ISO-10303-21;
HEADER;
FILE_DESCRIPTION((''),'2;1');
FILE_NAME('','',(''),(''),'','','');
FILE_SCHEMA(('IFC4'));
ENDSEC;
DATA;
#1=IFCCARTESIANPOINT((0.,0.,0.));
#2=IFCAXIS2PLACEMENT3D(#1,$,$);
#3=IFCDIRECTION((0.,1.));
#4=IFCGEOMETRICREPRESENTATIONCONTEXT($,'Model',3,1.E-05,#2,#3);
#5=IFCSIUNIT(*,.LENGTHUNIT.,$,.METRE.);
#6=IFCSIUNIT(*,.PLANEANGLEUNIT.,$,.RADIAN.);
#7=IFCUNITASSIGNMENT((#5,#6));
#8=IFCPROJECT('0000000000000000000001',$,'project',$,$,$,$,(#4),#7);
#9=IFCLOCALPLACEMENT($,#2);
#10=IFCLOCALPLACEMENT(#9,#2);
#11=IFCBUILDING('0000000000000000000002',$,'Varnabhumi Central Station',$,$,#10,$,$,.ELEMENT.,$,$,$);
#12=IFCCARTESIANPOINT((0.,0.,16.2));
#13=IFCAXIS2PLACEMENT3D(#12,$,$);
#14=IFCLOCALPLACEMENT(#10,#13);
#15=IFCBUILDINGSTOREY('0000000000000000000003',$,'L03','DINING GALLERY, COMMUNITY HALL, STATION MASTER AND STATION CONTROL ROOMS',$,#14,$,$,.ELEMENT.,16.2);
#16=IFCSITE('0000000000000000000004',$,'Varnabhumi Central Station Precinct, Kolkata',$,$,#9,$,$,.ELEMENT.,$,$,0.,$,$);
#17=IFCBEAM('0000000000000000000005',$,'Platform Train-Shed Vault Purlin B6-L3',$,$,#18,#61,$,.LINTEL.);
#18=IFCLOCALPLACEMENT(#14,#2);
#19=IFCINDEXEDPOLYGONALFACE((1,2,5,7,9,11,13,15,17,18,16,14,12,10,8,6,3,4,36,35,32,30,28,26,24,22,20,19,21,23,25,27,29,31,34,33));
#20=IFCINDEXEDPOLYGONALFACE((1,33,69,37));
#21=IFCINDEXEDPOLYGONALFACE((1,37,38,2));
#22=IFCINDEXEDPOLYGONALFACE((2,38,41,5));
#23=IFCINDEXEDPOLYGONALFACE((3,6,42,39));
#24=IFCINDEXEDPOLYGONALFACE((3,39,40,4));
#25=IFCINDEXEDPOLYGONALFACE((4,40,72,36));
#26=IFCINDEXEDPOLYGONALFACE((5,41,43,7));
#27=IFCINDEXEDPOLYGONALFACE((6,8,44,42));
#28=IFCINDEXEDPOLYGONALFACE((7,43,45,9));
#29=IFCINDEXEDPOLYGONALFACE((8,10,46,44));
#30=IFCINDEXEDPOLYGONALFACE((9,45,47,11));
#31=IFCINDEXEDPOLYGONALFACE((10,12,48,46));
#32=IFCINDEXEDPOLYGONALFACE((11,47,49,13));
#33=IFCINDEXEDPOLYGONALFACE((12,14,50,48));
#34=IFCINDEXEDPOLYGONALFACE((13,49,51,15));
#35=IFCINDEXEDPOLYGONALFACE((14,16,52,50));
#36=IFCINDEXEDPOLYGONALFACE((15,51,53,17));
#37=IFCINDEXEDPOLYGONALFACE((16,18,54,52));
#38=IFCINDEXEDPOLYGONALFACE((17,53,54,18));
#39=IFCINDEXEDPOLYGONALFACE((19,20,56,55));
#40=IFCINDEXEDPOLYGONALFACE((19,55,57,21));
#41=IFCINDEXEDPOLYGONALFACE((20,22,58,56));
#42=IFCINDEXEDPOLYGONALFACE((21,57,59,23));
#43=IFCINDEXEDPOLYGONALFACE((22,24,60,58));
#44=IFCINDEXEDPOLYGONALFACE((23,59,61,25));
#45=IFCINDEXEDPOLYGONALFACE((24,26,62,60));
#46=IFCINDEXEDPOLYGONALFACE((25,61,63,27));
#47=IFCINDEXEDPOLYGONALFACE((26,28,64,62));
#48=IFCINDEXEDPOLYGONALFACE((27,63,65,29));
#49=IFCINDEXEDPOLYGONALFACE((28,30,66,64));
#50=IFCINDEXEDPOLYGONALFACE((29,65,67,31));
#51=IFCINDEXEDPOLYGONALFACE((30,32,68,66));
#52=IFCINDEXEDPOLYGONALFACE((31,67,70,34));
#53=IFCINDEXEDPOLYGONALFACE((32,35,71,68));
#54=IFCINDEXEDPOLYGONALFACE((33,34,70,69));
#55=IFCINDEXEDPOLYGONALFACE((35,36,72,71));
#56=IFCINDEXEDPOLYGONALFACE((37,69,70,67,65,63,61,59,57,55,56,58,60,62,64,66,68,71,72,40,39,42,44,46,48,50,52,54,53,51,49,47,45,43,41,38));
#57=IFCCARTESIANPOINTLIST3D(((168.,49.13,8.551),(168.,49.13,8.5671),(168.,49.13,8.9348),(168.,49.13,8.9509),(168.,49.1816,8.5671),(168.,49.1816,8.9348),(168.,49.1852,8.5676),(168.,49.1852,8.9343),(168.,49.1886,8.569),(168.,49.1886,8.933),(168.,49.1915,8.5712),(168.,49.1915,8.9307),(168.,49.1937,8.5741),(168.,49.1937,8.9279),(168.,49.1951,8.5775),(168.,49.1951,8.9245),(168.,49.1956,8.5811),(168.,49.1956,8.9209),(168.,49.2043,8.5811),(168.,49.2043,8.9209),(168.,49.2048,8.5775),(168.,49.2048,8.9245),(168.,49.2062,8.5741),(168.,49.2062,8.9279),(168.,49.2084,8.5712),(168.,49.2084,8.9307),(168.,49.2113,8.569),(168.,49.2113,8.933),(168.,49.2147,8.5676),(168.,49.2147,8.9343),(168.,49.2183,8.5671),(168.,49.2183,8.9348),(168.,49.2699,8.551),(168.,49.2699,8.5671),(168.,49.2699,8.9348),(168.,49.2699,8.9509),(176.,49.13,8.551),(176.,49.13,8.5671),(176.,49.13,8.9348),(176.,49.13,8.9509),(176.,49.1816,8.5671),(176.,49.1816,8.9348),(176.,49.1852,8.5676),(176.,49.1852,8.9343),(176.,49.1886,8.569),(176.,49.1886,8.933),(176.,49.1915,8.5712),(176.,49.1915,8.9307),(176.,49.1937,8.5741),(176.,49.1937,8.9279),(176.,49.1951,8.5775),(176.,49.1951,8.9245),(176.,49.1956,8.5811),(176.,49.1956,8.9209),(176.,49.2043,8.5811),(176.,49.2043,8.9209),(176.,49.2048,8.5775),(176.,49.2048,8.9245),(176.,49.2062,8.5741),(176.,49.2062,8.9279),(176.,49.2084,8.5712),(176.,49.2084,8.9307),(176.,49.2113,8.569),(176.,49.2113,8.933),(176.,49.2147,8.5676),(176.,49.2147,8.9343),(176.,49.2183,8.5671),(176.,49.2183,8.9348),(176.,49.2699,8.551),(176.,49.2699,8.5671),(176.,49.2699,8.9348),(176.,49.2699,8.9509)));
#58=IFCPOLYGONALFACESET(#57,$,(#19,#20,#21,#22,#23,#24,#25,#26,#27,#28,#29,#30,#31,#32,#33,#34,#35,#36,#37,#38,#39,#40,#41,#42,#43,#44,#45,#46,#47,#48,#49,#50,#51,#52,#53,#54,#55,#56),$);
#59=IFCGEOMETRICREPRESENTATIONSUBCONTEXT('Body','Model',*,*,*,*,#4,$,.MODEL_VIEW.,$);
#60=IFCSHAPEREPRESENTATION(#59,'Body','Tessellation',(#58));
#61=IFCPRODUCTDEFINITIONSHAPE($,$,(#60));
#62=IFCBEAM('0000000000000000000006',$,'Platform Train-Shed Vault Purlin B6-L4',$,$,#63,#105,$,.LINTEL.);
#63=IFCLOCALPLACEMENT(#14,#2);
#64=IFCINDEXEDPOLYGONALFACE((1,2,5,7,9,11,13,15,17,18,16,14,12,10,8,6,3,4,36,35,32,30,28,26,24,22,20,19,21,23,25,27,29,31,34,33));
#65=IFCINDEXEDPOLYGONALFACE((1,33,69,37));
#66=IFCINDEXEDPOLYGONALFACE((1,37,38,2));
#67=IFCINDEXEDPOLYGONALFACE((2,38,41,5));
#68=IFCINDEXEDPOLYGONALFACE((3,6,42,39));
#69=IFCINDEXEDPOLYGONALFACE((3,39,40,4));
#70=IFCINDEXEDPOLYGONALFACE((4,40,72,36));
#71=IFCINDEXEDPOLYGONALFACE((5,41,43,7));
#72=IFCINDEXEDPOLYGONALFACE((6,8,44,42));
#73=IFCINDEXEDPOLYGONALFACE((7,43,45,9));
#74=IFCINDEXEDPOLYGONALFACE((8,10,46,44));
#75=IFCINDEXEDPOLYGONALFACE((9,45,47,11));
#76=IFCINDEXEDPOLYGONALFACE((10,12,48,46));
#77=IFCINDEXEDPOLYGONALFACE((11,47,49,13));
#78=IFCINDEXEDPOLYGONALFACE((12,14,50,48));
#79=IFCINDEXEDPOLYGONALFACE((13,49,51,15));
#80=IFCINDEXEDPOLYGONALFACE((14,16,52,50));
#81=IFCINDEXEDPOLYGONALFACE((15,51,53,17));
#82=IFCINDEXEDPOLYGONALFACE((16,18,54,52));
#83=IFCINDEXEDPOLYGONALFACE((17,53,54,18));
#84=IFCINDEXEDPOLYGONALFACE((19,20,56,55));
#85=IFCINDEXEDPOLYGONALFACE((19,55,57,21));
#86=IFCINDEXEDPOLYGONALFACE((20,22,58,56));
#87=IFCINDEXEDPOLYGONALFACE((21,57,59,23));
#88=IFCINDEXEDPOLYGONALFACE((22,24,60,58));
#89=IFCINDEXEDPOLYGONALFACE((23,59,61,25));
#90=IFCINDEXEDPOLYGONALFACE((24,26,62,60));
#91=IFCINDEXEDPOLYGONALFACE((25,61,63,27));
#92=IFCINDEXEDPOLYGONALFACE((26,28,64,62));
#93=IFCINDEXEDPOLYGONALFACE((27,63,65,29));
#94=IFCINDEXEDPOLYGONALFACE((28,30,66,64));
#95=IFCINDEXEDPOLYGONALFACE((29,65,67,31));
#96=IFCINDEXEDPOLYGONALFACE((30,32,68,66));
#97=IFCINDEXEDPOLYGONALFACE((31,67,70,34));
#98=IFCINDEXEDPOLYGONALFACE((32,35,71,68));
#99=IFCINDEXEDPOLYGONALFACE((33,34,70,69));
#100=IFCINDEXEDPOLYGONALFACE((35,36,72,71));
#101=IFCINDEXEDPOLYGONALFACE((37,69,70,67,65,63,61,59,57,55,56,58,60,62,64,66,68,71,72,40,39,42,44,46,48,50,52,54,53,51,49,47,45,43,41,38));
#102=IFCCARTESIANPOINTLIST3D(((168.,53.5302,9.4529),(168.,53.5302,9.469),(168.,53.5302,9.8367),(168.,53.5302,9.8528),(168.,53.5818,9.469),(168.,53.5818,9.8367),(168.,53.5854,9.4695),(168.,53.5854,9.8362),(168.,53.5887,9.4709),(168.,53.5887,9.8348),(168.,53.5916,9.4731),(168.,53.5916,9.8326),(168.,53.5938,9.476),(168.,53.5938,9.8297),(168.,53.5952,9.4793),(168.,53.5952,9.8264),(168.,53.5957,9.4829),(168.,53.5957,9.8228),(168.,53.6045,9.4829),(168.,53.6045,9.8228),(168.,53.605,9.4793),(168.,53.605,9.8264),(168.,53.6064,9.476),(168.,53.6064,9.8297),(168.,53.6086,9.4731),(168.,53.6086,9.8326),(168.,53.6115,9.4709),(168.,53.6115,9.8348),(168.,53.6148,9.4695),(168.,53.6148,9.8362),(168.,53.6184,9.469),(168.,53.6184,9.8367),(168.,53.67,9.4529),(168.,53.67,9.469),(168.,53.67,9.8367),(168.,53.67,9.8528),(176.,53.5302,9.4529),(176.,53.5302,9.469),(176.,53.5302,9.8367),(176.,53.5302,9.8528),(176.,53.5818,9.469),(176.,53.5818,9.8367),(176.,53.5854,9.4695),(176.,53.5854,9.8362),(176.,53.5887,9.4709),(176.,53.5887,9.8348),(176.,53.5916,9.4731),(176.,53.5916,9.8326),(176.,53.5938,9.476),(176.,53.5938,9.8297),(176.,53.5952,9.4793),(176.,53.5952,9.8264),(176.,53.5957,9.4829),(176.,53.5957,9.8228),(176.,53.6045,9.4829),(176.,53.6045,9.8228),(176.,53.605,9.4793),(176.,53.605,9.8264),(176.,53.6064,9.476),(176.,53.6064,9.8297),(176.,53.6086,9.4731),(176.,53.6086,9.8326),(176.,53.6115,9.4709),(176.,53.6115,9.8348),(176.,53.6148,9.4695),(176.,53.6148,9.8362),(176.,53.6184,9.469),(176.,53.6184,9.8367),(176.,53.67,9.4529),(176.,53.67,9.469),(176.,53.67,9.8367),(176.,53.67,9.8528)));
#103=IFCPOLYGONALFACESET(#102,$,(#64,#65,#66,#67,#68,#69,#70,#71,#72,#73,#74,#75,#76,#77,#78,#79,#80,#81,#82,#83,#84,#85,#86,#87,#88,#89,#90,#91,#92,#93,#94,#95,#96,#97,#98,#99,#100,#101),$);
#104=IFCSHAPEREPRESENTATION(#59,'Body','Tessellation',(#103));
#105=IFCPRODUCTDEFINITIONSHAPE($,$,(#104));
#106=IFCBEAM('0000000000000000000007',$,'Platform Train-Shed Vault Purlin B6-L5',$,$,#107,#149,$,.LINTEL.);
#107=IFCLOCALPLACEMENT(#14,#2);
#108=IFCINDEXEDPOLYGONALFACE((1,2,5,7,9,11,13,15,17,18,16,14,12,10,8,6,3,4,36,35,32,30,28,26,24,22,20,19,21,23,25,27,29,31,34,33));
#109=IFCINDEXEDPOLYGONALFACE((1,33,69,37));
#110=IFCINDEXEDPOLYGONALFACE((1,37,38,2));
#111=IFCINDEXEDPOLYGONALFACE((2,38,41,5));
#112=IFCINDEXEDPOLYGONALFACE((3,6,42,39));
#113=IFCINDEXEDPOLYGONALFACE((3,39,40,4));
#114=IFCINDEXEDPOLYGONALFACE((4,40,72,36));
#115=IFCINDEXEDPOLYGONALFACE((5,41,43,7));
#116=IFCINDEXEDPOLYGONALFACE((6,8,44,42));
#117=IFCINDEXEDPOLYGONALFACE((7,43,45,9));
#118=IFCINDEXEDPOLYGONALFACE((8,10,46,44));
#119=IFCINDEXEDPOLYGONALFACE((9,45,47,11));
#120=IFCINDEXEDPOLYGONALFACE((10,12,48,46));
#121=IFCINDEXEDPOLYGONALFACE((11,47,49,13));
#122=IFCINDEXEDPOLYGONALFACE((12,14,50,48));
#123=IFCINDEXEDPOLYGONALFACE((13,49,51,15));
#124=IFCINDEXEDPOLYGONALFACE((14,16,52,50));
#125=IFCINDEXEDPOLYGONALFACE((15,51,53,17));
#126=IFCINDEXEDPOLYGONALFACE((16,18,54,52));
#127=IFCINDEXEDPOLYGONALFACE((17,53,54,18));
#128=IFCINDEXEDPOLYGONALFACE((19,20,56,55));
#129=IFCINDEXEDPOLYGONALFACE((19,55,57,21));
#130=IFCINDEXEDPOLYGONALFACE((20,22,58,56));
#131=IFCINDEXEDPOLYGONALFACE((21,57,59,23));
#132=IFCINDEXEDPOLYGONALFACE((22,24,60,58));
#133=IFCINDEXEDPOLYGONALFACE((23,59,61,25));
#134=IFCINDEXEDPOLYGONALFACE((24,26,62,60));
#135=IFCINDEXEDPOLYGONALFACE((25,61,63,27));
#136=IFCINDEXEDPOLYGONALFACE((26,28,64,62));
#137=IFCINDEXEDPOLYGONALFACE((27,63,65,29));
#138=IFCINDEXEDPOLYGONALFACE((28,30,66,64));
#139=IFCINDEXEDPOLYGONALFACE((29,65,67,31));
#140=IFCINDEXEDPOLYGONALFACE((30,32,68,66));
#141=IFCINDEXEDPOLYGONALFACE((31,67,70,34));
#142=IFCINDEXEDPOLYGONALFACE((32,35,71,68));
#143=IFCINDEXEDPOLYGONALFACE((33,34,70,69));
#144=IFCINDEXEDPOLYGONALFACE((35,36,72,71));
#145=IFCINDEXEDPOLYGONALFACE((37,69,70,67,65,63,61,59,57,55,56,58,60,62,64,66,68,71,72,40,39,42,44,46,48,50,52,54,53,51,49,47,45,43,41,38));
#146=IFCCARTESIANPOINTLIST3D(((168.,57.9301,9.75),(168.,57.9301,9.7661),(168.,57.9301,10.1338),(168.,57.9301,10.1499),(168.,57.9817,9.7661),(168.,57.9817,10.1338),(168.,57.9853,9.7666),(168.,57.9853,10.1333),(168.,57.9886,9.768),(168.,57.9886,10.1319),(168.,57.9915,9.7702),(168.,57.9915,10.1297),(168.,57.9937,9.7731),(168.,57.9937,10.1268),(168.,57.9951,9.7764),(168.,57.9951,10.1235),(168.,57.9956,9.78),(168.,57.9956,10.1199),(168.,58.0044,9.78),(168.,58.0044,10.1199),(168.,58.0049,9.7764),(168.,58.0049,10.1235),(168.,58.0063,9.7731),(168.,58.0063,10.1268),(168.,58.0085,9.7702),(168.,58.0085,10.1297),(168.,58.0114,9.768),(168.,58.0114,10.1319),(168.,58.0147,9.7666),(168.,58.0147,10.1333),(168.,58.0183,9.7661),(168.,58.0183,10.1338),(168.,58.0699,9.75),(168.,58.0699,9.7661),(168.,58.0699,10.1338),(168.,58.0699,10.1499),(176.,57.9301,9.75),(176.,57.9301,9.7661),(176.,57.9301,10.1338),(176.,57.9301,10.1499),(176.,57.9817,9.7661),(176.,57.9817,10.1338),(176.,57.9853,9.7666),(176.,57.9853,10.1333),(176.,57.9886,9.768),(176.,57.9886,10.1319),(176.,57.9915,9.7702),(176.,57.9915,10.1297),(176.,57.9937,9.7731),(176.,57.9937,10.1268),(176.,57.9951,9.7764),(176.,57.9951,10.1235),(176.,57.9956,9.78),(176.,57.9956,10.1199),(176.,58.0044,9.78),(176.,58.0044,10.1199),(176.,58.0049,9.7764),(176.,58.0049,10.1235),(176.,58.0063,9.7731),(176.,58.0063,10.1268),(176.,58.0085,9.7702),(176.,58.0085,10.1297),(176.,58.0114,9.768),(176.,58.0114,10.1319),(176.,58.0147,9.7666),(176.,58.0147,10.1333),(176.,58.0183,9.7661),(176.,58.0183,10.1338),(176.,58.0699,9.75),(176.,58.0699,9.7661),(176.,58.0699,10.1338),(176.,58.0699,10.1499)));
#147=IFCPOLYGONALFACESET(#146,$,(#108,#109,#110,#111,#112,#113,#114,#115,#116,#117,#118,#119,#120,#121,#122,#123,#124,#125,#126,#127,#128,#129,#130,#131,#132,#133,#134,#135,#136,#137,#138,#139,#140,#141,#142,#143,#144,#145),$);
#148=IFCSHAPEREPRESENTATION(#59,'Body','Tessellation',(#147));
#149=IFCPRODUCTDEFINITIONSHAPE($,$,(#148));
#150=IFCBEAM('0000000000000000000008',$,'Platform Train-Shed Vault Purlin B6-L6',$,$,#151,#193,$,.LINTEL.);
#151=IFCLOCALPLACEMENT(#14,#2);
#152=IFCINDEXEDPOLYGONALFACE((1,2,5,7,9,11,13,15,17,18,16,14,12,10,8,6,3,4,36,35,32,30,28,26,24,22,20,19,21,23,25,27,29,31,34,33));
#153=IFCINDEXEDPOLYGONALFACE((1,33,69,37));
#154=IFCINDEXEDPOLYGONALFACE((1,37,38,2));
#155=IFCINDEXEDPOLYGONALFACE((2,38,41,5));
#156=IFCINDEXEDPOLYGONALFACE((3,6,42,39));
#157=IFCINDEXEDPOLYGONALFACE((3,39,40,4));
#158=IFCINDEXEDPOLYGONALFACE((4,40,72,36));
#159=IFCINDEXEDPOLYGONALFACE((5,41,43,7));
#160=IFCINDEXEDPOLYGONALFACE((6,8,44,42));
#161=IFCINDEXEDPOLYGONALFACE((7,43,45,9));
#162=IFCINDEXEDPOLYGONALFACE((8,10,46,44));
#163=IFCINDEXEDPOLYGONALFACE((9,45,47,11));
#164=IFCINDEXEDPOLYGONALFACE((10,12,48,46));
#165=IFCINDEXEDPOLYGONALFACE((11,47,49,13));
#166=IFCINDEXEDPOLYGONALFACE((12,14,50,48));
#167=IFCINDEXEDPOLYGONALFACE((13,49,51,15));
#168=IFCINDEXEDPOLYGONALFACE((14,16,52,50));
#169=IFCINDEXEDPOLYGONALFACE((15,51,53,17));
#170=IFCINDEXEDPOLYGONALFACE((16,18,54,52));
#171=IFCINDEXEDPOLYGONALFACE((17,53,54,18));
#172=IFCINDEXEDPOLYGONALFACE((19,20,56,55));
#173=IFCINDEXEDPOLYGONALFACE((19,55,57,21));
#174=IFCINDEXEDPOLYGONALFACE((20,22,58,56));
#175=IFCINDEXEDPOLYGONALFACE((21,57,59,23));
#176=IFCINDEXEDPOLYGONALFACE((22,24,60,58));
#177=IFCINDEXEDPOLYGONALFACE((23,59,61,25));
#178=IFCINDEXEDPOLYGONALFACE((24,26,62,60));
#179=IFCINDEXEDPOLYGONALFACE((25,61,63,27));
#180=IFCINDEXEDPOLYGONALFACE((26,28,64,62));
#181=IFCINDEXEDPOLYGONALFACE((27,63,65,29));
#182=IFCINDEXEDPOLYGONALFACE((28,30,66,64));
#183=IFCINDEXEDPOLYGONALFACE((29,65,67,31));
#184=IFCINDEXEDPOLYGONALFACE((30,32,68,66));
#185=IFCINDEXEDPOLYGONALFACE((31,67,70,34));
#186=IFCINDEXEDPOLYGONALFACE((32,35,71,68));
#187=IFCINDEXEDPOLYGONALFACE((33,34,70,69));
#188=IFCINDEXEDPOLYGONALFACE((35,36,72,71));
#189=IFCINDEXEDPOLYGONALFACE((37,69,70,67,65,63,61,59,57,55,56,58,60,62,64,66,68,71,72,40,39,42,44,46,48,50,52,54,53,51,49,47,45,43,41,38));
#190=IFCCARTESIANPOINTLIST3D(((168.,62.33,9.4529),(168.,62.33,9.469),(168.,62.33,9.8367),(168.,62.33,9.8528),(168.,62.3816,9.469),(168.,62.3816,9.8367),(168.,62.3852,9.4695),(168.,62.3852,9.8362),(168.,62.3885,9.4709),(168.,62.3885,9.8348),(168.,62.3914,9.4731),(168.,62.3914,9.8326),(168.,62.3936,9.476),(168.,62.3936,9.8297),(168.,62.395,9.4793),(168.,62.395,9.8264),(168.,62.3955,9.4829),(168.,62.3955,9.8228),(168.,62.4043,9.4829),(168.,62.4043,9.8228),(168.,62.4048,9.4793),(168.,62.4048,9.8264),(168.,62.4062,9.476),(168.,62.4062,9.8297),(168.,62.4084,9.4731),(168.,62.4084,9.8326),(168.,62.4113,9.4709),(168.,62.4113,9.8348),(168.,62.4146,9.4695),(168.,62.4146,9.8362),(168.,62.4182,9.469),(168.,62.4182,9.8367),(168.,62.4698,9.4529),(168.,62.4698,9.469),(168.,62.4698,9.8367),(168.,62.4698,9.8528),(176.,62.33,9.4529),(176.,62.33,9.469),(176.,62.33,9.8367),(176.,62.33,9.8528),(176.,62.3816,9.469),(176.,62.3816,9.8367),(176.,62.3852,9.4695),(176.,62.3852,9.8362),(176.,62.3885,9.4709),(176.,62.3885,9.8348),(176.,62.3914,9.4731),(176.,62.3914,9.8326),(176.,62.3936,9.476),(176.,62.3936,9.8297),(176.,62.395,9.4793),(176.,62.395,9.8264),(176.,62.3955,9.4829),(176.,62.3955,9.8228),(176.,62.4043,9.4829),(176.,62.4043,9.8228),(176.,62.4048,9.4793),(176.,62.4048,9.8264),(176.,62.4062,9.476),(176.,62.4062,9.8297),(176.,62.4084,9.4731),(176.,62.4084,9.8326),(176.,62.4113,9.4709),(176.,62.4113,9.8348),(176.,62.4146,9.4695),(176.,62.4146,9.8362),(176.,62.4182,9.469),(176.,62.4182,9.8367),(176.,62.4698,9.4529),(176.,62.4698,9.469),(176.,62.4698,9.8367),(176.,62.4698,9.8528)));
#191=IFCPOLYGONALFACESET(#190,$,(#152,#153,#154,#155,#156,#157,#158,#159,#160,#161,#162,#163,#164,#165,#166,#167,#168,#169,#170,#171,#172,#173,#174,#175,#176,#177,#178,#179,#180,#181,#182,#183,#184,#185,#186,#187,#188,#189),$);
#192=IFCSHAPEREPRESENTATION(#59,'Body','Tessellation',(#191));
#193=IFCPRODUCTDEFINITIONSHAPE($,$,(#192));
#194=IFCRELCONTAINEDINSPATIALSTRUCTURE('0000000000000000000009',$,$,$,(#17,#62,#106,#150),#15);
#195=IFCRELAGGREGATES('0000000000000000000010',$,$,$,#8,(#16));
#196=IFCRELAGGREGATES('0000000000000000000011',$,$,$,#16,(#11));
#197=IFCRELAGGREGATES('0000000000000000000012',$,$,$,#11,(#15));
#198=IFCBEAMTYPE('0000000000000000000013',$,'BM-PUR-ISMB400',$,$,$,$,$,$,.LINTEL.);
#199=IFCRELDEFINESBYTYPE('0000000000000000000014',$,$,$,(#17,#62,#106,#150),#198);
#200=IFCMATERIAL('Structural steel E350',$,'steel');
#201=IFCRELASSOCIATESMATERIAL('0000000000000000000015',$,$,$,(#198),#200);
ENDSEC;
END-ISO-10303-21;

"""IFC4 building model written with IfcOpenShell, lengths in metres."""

from ifc_helpers import new_model, si_unit, direction, frame, origin, origin_2d, place, context, subcontext, project, spatial, i_section, extrude, material, material_profile, profile_set, type_object, element, save


model = new_model("IFC4")

# Units and contexts
model_context = context("Model", 3, precision=1e-05, world=origin(), true_north=direction((0.0, 1.0)))
body_context = subcontext(model_context, "Body", "Model", "MODEL_VIEW")
ifc_project = project(units=[si_unit("LENGTHUNIT", "METRE"), si_unit("PLANEANGLEUNIT", "RADIAN")], contexts=[model_context])

# Site, building, storey
site_placement = place(None, origin())
site = spatial("IfcSite", under=ifc_project, at=site_placement, Name="Varnabhumi Central Station Precinct, Kolkata", CompositionType="ELEMENT", RefElevation=0.0)
building_placement = place(site_placement, origin())
building = spatial("IfcBuilding", under=site, at=building_placement, Name="Varnabhumi Central Station", CompositionType="ELEMENT")
storey_placement = place(building_placement, frame((0.0, 0.0, 16.2)))
storey = spatial("IfcBuildingStorey", under=building, at=storey_placement, Name="L03", Description="DINING GALLERY, COMMUNITY HALL, STATION MASTER AND STATION CONTROL ROOMS", CompositionType="ELEMENT", Elevation=16.2)

# Beams
ifc_material_1 = material(Name="Structural steel E350", Category="steel")
ifc_material_profile_1 = material_profile(ifc_material_1, i_section(OverallWidth=0.1399, OverallDepth=0.3999, WebThickness=0.0088, FlangeThickness=0.0161, FilletRadius=0.0139, at=origin_2d()), Name="Structural steel E350", Category="steel")
ifc_profile_set_1 = profile_set([ifc_material_profile_1], Name="Structural steel E350")
beam_type_1 = type_object("IfcBeamType", Name="BM-PUR-ISMB400", PredefinedType="LINTEL", material=ifc_profile_set_1)
for number, where, z_axis, x_axis, name in (
    (1, (168.0, 49.2, 8.751), (1.0, 0.0, 0.0), (0.0, 1.0, 0.0), "Platform Train-Shed Vault Purlin B6-L3"),
    (2, (168.0, 53.6001, 9.6528), (1.0, 0.0, 0.0), (0.0, 1.0, 0.0), "Platform Train-Shed Vault Purlin B6-L4"),
    (3, (168.0, 58.0, 9.95), (1.0, 0.0, 0.0), (0.0, 1.0, 0.0), "Platform Train-Shed Vault Purlin B6-L5"),
    (4, (168.0, 62.3999, 9.6528), (1.0, 0.0, 0.0), (0.0, 1.0, 0.0), "Platform Train-Shed Vault Purlin B6-L6"),
):
    element("IfcBeam", number, at=place(storey_placement, frame(where, z_axis=z_axis, x_axis=x_axis)), inside=storey, type_object=beam_type_1, Name=name, PredefinedType="LINTEL", context=body_context, shape_type="SweptSolid", body=[
        extrude(i_section(OverallWidth=0.1399, OverallDepth=0.3999, WebThickness=0.0088, FlangeThickness=0.0161, FilletRadius=0.0139, at=origin_2d()), origin(), (0.0, 0.0, 1.0), 8.0),
    ])

save(model, "model.ifc")
